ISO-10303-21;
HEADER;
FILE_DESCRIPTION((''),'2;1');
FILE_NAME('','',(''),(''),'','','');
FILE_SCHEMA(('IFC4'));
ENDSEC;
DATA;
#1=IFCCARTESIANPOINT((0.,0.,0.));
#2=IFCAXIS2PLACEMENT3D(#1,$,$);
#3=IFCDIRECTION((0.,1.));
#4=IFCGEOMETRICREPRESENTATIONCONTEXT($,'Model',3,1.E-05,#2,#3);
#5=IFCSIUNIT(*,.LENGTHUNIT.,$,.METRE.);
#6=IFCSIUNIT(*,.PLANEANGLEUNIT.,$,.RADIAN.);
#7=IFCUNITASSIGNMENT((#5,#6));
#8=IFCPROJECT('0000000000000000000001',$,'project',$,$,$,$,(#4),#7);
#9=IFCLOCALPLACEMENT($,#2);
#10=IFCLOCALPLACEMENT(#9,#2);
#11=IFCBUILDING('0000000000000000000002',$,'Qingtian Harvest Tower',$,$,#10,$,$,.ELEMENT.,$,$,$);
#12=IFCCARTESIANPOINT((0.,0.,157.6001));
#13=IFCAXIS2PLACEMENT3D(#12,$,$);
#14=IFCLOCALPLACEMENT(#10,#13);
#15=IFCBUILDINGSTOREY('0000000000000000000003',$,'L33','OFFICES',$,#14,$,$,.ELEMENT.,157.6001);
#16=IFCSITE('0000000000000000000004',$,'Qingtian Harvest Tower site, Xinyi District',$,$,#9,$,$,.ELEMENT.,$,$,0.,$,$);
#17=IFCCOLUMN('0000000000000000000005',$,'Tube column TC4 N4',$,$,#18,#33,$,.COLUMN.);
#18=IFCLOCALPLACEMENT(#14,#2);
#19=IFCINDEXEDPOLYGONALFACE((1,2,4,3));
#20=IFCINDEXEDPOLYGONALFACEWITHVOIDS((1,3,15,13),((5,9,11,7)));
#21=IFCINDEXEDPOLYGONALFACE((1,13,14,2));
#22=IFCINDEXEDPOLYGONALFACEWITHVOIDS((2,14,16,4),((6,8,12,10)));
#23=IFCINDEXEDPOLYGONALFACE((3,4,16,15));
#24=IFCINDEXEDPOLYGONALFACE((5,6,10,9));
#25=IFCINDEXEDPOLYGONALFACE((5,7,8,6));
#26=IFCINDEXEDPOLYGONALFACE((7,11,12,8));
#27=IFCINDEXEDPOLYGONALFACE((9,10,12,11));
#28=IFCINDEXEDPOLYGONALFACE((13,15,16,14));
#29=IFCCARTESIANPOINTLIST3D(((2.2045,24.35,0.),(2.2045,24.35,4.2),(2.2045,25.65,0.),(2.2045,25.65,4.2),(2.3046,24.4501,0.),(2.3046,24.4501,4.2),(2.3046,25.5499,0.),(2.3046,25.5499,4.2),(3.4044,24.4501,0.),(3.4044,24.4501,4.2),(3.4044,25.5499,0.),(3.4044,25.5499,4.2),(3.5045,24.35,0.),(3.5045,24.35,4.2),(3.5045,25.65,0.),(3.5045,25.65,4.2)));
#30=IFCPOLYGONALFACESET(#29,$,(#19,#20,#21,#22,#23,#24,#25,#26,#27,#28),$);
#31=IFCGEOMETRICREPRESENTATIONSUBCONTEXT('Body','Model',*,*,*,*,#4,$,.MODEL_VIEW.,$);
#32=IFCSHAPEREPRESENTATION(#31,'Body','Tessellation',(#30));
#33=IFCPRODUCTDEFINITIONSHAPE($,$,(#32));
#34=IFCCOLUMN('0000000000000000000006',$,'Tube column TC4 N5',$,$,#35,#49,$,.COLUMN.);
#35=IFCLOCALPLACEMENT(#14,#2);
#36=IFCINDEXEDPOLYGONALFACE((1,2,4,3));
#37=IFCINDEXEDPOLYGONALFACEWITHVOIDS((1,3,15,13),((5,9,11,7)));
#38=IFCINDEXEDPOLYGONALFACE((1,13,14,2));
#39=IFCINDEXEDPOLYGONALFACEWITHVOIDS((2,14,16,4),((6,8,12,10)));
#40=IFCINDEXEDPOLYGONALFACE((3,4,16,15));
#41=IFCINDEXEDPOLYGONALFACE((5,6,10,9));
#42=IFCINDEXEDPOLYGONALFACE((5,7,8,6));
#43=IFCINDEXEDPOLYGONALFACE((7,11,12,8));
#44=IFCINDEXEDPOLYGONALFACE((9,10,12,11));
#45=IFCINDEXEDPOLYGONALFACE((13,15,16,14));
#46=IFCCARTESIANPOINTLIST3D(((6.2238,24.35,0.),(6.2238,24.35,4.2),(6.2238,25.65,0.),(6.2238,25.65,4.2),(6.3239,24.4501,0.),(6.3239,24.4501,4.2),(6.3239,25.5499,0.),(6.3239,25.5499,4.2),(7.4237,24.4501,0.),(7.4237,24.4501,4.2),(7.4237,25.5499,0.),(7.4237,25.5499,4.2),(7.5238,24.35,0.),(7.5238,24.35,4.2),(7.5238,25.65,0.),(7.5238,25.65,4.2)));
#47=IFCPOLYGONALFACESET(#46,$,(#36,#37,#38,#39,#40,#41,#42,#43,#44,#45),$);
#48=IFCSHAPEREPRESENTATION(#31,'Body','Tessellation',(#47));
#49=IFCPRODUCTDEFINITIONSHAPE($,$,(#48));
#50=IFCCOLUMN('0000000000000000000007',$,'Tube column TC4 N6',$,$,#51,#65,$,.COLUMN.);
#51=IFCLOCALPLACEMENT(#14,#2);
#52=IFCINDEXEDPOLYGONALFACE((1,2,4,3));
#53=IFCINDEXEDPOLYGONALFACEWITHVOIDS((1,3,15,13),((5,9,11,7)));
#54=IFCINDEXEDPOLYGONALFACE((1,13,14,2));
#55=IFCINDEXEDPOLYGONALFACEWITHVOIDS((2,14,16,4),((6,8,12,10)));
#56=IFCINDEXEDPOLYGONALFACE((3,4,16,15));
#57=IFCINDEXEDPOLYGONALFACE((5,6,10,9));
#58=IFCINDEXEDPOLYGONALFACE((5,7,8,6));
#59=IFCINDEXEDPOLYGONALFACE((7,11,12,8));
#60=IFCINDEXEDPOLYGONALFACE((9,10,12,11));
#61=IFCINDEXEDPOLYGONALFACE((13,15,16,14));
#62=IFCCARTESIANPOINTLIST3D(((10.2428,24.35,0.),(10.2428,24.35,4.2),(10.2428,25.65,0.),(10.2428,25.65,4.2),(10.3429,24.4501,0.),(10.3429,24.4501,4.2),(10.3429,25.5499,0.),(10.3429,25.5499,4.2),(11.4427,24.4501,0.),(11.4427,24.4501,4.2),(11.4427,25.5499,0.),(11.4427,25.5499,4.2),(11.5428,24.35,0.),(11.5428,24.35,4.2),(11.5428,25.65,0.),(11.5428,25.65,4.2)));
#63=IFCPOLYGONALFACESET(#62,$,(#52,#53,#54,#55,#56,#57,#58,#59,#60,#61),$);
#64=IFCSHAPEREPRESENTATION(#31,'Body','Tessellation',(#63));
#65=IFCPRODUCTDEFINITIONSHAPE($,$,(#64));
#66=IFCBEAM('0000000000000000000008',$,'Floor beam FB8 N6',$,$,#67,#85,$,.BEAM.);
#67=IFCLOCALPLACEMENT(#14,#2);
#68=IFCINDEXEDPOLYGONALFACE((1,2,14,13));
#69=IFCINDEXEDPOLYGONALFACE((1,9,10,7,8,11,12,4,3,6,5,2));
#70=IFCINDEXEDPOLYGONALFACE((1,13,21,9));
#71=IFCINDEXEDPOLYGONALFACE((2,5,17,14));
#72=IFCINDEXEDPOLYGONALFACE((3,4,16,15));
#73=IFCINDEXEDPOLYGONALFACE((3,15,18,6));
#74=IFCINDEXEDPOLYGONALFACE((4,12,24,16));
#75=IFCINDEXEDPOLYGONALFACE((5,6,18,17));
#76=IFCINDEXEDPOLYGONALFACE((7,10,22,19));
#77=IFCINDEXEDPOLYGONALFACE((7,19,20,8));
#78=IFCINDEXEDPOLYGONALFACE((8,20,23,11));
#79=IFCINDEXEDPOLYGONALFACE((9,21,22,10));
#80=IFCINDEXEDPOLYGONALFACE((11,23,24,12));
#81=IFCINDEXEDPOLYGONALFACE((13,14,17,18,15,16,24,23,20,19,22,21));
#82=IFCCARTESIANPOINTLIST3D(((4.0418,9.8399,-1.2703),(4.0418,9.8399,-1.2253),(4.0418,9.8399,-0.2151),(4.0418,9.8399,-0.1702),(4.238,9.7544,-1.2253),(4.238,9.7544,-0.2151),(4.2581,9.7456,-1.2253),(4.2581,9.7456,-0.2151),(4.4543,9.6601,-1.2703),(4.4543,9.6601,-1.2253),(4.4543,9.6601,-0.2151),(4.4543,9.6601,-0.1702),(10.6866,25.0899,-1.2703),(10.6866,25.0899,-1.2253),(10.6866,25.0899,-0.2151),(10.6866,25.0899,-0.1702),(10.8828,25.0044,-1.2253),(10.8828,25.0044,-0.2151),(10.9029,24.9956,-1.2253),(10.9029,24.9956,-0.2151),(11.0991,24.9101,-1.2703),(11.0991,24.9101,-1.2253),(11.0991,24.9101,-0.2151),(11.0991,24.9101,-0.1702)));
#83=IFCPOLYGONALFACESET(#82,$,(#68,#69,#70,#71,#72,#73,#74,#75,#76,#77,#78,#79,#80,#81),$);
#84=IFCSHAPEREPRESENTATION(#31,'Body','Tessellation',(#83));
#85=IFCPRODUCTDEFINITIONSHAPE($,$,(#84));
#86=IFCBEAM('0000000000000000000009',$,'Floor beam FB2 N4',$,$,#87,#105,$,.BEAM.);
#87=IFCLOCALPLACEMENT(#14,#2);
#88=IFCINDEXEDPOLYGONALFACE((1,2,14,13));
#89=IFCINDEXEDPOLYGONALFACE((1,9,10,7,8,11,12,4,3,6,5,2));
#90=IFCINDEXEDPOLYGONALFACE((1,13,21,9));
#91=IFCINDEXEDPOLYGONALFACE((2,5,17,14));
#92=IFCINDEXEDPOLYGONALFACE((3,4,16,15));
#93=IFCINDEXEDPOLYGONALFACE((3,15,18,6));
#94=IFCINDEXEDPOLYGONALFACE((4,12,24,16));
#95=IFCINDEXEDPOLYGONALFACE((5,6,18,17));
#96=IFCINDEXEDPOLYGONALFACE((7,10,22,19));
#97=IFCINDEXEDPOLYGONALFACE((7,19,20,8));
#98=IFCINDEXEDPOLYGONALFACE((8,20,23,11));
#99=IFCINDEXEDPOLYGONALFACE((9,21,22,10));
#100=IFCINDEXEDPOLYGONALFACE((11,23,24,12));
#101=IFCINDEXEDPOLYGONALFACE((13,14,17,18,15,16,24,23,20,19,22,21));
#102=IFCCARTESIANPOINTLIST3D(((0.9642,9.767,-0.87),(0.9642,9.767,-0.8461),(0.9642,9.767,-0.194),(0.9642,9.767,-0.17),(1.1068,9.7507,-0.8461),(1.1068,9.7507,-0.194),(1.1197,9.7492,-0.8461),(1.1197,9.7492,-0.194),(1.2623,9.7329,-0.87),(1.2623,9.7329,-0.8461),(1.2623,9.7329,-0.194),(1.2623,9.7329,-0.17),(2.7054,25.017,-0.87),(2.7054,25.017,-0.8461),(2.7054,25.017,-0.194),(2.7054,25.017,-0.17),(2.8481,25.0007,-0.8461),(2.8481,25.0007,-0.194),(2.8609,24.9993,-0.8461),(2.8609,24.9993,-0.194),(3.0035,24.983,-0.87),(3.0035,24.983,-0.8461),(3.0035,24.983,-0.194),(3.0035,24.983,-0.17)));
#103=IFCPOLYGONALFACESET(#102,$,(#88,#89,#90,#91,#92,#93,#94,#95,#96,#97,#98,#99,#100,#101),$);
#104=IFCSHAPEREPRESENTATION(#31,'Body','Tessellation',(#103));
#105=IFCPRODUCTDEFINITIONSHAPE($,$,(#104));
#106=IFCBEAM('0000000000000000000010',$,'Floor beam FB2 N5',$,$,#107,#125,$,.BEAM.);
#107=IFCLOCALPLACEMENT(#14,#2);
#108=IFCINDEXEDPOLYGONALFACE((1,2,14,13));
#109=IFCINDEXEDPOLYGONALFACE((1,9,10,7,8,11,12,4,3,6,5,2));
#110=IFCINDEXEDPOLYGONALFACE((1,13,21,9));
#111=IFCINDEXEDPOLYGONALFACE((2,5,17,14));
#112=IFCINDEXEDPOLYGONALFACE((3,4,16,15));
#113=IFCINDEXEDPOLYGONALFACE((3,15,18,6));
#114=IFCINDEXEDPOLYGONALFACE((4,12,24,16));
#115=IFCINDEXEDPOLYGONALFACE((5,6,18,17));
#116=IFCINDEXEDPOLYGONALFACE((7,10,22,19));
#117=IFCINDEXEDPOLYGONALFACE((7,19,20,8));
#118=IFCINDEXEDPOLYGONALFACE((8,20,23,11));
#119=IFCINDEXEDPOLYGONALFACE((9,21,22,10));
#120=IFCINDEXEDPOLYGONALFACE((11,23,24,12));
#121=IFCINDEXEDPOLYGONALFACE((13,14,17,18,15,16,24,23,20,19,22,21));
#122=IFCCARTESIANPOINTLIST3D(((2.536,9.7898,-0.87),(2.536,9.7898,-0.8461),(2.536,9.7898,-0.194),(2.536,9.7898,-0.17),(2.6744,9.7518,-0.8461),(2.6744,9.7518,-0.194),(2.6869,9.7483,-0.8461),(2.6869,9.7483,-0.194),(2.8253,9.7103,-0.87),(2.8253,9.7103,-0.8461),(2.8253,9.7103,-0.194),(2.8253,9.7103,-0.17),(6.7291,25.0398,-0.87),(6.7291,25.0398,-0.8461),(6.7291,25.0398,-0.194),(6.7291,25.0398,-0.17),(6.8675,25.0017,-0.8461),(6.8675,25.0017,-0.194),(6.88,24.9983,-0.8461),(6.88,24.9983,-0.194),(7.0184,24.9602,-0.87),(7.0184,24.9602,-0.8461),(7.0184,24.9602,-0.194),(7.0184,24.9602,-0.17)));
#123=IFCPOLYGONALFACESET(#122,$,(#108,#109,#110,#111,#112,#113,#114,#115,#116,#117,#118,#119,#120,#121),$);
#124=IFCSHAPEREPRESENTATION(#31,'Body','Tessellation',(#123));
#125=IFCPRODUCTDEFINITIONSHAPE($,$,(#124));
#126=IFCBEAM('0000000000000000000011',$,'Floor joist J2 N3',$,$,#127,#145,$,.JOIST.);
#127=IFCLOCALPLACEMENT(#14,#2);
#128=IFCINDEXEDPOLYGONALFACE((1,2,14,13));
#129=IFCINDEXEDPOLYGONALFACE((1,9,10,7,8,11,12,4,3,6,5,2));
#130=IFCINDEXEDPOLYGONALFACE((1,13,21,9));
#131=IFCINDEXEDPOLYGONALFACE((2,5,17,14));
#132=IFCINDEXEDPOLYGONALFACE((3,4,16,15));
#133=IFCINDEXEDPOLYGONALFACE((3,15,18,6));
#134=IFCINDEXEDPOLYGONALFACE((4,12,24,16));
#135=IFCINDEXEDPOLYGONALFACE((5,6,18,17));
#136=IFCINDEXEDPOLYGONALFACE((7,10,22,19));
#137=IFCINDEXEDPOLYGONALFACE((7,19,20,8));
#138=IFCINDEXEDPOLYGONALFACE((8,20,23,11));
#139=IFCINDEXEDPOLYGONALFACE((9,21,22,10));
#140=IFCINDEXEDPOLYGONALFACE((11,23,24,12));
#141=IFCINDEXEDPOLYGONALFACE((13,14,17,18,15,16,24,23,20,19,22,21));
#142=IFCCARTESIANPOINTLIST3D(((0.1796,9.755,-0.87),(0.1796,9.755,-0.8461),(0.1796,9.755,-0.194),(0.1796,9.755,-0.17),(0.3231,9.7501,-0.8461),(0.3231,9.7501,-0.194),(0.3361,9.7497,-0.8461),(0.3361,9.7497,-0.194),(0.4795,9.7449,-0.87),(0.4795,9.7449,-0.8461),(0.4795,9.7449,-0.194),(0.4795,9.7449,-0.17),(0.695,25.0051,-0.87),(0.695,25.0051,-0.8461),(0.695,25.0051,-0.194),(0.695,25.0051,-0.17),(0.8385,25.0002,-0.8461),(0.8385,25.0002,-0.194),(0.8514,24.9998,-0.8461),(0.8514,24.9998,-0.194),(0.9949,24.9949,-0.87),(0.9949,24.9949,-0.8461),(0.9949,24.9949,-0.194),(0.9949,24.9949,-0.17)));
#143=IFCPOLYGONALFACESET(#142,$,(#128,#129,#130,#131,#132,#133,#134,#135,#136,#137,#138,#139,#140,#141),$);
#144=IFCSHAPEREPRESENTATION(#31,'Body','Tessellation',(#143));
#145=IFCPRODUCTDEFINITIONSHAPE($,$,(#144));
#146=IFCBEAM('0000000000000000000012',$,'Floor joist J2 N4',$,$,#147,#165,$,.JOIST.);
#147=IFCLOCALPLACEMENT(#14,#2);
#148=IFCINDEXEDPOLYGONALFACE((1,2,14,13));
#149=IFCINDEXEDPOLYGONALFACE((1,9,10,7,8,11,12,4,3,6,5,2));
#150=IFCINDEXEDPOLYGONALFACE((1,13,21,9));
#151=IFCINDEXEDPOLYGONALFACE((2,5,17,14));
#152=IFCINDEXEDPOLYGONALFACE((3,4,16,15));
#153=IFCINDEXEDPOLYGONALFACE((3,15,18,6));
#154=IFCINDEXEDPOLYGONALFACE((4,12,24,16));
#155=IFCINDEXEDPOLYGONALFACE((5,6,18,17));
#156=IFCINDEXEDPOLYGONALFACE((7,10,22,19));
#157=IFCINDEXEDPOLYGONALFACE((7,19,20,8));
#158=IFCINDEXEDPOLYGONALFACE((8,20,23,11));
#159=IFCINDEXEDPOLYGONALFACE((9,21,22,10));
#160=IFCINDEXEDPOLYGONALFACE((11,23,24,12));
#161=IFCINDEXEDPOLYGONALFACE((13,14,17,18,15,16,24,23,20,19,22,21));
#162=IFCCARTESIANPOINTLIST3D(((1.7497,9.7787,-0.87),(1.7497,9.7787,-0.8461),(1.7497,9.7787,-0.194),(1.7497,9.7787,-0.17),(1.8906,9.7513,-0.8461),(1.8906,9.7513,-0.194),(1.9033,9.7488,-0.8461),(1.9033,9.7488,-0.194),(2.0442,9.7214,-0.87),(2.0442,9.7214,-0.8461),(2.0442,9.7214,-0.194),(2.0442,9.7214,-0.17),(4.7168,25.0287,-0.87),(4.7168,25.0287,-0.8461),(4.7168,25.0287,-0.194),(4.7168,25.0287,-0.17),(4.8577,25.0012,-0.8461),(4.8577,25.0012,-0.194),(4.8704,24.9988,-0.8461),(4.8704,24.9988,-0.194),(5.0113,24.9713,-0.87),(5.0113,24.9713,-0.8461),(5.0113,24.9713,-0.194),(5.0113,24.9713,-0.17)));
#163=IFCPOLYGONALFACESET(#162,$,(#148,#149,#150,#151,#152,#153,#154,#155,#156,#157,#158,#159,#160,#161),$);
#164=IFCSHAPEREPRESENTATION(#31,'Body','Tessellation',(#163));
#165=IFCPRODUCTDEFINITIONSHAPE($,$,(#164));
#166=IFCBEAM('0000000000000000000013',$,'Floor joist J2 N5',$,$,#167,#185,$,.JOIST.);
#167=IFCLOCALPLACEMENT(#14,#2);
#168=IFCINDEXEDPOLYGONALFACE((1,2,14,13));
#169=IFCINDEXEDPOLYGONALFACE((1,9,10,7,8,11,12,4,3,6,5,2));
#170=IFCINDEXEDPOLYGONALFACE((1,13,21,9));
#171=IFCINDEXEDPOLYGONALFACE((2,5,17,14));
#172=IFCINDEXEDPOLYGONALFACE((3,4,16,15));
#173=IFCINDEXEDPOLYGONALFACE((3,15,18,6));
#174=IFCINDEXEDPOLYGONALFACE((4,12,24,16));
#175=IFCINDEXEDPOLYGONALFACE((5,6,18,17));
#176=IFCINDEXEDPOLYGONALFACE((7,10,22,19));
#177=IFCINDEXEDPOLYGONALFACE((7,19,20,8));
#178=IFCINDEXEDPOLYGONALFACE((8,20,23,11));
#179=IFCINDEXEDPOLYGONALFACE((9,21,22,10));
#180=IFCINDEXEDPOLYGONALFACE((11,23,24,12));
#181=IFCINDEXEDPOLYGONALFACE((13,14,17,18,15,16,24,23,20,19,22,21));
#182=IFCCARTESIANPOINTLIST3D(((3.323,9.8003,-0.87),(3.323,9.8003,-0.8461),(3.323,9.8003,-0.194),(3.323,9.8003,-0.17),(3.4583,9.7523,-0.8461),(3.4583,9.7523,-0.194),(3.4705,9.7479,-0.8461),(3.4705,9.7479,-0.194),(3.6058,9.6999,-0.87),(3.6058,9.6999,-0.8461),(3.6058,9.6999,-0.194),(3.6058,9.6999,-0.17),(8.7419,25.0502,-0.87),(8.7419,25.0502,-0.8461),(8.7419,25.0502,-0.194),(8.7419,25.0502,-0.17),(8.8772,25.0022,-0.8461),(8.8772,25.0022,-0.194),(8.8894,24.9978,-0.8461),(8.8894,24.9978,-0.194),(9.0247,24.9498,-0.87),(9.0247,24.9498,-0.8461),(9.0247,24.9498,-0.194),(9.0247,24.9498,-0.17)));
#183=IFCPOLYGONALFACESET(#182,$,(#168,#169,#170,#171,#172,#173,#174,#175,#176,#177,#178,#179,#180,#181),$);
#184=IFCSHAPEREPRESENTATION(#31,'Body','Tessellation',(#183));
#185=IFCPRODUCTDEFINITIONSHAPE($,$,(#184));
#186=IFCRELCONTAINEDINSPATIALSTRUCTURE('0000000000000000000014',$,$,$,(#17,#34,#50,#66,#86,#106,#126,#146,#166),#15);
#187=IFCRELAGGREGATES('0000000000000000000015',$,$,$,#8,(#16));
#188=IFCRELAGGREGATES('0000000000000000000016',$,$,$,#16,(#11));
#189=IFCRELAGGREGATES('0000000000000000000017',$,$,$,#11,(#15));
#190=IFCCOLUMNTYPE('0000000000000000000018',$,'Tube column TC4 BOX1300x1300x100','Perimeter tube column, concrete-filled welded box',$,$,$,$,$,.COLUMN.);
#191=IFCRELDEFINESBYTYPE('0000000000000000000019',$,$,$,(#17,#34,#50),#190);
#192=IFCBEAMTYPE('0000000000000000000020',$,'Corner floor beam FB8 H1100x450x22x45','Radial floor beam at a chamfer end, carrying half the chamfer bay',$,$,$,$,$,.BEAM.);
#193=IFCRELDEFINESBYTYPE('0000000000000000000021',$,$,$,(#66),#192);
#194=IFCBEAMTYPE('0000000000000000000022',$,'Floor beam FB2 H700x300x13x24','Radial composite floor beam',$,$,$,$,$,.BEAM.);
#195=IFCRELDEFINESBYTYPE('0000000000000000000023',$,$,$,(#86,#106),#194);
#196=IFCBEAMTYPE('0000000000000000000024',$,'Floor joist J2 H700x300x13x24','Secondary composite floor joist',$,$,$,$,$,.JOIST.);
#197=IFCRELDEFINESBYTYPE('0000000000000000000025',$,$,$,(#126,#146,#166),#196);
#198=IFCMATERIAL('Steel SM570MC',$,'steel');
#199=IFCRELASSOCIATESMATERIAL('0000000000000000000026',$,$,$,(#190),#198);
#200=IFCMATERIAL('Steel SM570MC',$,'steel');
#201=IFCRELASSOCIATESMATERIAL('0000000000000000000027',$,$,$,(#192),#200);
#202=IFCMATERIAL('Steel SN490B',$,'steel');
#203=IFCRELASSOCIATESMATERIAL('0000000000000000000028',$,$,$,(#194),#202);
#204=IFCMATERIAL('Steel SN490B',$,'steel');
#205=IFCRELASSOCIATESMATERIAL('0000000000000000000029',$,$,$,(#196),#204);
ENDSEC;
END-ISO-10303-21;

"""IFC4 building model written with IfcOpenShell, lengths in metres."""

from ifc_helpers import new_model, si_unit, direction, frame, origin, origin_2d, place, context, subcontext, project, spatial, hollow_rectangle, i_section, extrude, material, material_profile, profile_set, type_object, element, save


model = new_model("IFC4")

# Units and contexts
model_context = context("Model", 3, precision=1e-05, world=origin(), true_north=direction((0.0, 1.0)))
body_context = subcontext(model_context, "Body", "Model", "MODEL_VIEW")
ifc_project = project(units=[si_unit("LENGTHUNIT", "METRE"), si_unit("PLANEANGLEUNIT", "RADIAN")], contexts=[model_context])

# Site, building, storey
site_placement = place(None, origin())
site = spatial("IfcSite", under=ifc_project, at=site_placement, Name="Qingtian Harvest Tower site, Xinyi District", CompositionType="ELEMENT", RefElevation=0.0)
building_placement = place(site_placement, origin())
building = spatial("IfcBuilding", under=site, at=building_placement, Name="Qingtian Harvest Tower", CompositionType="ELEMENT")
storey_placement = place(building_placement, frame((0.0, 0.0, 157.6001)))
storey = spatial("IfcBuildingStorey", under=building, at=storey_placement, Name="L33", Description="OFFICES", CompositionType="ELEMENT", Elevation=157.6001)

# Columns
ifc_material_1 = material(Name="Steel SM570MC", Category="steel")
ifc_material_profile_1 = material_profile(ifc_material_1, hollow_rectangle(XDim=1.3, YDim=1.3, WallThickness=0.1001, at=origin_2d()), Name="BOX1300x1300x100")
ifc_profile_set_1 = profile_set([ifc_material_profile_1], Name="Steel SM570MC")
column_type = type_object("IfcColumnType", Name="Tube column TC4 BOX1300x1300x100", Description="Perimeter tube column, concrete-filled welded box", PredefinedType="COLUMN", material=ifc_profile_set_1)
for number, where, z_axis, x_axis, name in (
    (1, (2.8545, 25.0, 0.0), (0.0, 0.0, 1.0), (-1.0, 0.0, 0.0), "Tube column TC4 N4"),
    (2, (6.8738, 25.0, 0.0), (0.0, 0.0, 1.0), (-1.0, 0.0, 0.0), "Tube column TC4 N5"),
    (3, (10.8928, 25.0, 0.0), (0.0, 0.0, 1.0), (-1.0, 0.0, 0.0), "Tube column TC4 N6"),
):
    element("IfcColumn", number, at=place(storey_placement, frame(where, z_axis=z_axis, x_axis=x_axis)), inside=storey, type_object=column_type, Name=name, PredefinedType="COLUMN", context=body_context, shape_type="SweptSolid", body=[
        extrude(hollow_rectangle(XDim=1.3, YDim=1.3, WallThickness=0.1001, at=origin_2d()), origin(), (0.0, 0.0, 1.0), 4.2),
    ])

# Beams
ifc_material_2 = material(Name="Steel SM570MC", Category="steel")
ifc_material_profile_2 = material_profile(ifc_material_2, i_section(OverallWidth=0.45, OverallDepth=1.1001, WebThickness=0.022, FlangeThickness=0.0449, at=origin_2d()), Name="H1100x450x22x45")
ifc_profile_set_2 = profile_set([ifc_material_profile_2], Name="Steel SM570MC")
beam_type_1 = type_object("IfcBeamType", Name="Corner floor beam FB8 H1100x450x22x45", Description="Radial floor beam at a chamfer end, carrying half the chamfer bay", PredefinedType="BEAM", material=ifc_profile_set_2)
beam_1_placement = place(storey_placement, frame((10.8928, 25.0, -0.7202), z_axis=(-0.399451, -0.916755, 0.0), x_axis=(0.916755, -0.399451, 0.0)))
element("IfcBeam", 4, at=beam_1_placement, inside=storey, type_object=beam_type_1, Name="Floor beam FB8 N6", PredefinedType="BEAM", context=body_context, shape_type="SweptSolid", body=[
    extrude(i_section(OverallWidth=0.45, OverallDepth=1.1001, WebThickness=0.022, FlangeThickness=0.0449, at=origin_2d()), origin(), (0.0, 0.0, 1.0), 16.6348),
])
ifc_material_3 = material(Name="Steel SN490B", Category="steel")
ifc_material_profile_3 = material_profile(ifc_material_3, i_section(OverallWidth=0.3, OverallDepth=0.7, WebThickness=0.0129, FlangeThickness=0.0239, at=origin_2d()), Name="H700x300x13x24")
ifc_profile_set_3 = profile_set([ifc_material_profile_3], Name="Steel SN490B")
beam_type_2 = type_object("IfcBeamType", Name="Floor beam FB2 H700x300x13x24", Description="Radial composite floor beam", PredefinedType="BEAM", material=ifc_profile_set_3)
beam_2_placement = place(storey_placement, frame((2.8545, 25.0, -0.52), z_axis=(-0.113441, -0.993545, 0.0), x_axis=(0.993545, -0.113441, 0.0)))
element("IfcBeam", 5, at=beam_2_placement, inside=storey, type_object=beam_type_2, Name="Floor beam FB2 N4", PredefinedType="BEAM", context=body_context, shape_type="SweptSolid", body=[
    extrude(i_section(OverallWidth=0.3, OverallDepth=0.7, WebThickness=0.0129, FlangeThickness=0.0239, at=origin_2d()), origin(), (0.0, 0.0, 1.0), 15.3491),
])
beam_3_placement = place(storey_placement, frame((6.8738, 25.0, -0.52), z_axis=(-0.265119, -0.964216, 0.0), x_axis=(0.964216, -0.265119, 0.0)))
element("IfcBeam", 6, at=beam_3_placement, inside=storey, type_object=beam_type_2, Name="Floor beam FB2 N5", PredefinedType="BEAM", context=body_context, shape_type="SweptSolid", body=[
    extrude(i_section(OverallWidth=0.3, OverallDepth=0.7, WebThickness=0.0129, FlangeThickness=0.0239, at=origin_2d()), origin(), (0.0, 0.0, 1.0), 15.8159),
])
ifc_material_4 = material(Name="Steel SN490B", Category="steel")
ifc_material_profile_4 = material_profile(ifc_material_4, i_section(OverallWidth=0.3, OverallDepth=0.7, WebThickness=0.0129, FlangeThickness=0.0239, at=origin_2d()), Name="H700x300x13x24")
ifc_profile_set_4 = profile_set([ifc_material_profile_4], Name="Steel SN490B")
beam_type_3 = type_object("IfcBeamType", Name="Floor joist J2 H700x300x13x24", Description="Secondary composite floor joist", PredefinedType="JOIST", material=ifc_profile_set_4)
beam_4_placement = place(storey_placement, frame((0.845, 25.0, -0.52), z_axis=(-0.033776, -0.999429, 0.0), x_axis=(0.999429, -0.033776, 0.0)))
element("IfcBeam", 7, at=beam_4_placement, inside=storey, type_object=beam_type_3, Name="Floor joist J2 N3", PredefinedType="JOIST", context=body_context, shape_type="SweptSolid", body=[
    extrude(i_section(OverallWidth=0.3, OverallDepth=0.7, WebThickness=0.0129, FlangeThickness=0.0239, at=origin_2d()), origin(), (0.0, 0.0, 1.0), 15.2588),
])
beam_5_placement = place(storey_placement, frame((4.864, 25.0, -0.52), z_axis=(-0.190979, -0.981594, 0.0), x_axis=(0.981594, -0.190979, 0.0)))
element("IfcBeam", 8, at=beam_5_placement, inside=storey, type_object=beam_type_3, Name="Floor joist J2 N4", PredefinedType="JOIST", context=body_context, shape_type="SweptSolid", body=[
    extrude(i_section(OverallWidth=0.3, OverallDepth=0.7, WebThickness=0.0129, FlangeThickness=0.0239, at=origin_2d()), origin(), (0.0, 0.0, 1.0), 15.5359),
])
beam_6_placement = place(storey_placement, frame((8.8833, 25.0, -0.52), z_axis=(-0.33483, -0.942279, 0.0), x_axis=(0.942279, -0.33483, 0.0)))
element("IfcBeam", 9, at=beam_6_placement, inside=storey, type_object=beam_type_3, Name="Floor joist J2 N5", PredefinedType="JOIST", context=body_context, shape_type="SweptSolid", body=[
    extrude(i_section(OverallWidth=0.3, OverallDepth=0.7, WebThickness=0.0129, FlangeThickness=0.0239, at=origin_2d()), origin(), (0.0, 0.0, 1.0), 16.1841),
])

save(model, "model.ifc")
